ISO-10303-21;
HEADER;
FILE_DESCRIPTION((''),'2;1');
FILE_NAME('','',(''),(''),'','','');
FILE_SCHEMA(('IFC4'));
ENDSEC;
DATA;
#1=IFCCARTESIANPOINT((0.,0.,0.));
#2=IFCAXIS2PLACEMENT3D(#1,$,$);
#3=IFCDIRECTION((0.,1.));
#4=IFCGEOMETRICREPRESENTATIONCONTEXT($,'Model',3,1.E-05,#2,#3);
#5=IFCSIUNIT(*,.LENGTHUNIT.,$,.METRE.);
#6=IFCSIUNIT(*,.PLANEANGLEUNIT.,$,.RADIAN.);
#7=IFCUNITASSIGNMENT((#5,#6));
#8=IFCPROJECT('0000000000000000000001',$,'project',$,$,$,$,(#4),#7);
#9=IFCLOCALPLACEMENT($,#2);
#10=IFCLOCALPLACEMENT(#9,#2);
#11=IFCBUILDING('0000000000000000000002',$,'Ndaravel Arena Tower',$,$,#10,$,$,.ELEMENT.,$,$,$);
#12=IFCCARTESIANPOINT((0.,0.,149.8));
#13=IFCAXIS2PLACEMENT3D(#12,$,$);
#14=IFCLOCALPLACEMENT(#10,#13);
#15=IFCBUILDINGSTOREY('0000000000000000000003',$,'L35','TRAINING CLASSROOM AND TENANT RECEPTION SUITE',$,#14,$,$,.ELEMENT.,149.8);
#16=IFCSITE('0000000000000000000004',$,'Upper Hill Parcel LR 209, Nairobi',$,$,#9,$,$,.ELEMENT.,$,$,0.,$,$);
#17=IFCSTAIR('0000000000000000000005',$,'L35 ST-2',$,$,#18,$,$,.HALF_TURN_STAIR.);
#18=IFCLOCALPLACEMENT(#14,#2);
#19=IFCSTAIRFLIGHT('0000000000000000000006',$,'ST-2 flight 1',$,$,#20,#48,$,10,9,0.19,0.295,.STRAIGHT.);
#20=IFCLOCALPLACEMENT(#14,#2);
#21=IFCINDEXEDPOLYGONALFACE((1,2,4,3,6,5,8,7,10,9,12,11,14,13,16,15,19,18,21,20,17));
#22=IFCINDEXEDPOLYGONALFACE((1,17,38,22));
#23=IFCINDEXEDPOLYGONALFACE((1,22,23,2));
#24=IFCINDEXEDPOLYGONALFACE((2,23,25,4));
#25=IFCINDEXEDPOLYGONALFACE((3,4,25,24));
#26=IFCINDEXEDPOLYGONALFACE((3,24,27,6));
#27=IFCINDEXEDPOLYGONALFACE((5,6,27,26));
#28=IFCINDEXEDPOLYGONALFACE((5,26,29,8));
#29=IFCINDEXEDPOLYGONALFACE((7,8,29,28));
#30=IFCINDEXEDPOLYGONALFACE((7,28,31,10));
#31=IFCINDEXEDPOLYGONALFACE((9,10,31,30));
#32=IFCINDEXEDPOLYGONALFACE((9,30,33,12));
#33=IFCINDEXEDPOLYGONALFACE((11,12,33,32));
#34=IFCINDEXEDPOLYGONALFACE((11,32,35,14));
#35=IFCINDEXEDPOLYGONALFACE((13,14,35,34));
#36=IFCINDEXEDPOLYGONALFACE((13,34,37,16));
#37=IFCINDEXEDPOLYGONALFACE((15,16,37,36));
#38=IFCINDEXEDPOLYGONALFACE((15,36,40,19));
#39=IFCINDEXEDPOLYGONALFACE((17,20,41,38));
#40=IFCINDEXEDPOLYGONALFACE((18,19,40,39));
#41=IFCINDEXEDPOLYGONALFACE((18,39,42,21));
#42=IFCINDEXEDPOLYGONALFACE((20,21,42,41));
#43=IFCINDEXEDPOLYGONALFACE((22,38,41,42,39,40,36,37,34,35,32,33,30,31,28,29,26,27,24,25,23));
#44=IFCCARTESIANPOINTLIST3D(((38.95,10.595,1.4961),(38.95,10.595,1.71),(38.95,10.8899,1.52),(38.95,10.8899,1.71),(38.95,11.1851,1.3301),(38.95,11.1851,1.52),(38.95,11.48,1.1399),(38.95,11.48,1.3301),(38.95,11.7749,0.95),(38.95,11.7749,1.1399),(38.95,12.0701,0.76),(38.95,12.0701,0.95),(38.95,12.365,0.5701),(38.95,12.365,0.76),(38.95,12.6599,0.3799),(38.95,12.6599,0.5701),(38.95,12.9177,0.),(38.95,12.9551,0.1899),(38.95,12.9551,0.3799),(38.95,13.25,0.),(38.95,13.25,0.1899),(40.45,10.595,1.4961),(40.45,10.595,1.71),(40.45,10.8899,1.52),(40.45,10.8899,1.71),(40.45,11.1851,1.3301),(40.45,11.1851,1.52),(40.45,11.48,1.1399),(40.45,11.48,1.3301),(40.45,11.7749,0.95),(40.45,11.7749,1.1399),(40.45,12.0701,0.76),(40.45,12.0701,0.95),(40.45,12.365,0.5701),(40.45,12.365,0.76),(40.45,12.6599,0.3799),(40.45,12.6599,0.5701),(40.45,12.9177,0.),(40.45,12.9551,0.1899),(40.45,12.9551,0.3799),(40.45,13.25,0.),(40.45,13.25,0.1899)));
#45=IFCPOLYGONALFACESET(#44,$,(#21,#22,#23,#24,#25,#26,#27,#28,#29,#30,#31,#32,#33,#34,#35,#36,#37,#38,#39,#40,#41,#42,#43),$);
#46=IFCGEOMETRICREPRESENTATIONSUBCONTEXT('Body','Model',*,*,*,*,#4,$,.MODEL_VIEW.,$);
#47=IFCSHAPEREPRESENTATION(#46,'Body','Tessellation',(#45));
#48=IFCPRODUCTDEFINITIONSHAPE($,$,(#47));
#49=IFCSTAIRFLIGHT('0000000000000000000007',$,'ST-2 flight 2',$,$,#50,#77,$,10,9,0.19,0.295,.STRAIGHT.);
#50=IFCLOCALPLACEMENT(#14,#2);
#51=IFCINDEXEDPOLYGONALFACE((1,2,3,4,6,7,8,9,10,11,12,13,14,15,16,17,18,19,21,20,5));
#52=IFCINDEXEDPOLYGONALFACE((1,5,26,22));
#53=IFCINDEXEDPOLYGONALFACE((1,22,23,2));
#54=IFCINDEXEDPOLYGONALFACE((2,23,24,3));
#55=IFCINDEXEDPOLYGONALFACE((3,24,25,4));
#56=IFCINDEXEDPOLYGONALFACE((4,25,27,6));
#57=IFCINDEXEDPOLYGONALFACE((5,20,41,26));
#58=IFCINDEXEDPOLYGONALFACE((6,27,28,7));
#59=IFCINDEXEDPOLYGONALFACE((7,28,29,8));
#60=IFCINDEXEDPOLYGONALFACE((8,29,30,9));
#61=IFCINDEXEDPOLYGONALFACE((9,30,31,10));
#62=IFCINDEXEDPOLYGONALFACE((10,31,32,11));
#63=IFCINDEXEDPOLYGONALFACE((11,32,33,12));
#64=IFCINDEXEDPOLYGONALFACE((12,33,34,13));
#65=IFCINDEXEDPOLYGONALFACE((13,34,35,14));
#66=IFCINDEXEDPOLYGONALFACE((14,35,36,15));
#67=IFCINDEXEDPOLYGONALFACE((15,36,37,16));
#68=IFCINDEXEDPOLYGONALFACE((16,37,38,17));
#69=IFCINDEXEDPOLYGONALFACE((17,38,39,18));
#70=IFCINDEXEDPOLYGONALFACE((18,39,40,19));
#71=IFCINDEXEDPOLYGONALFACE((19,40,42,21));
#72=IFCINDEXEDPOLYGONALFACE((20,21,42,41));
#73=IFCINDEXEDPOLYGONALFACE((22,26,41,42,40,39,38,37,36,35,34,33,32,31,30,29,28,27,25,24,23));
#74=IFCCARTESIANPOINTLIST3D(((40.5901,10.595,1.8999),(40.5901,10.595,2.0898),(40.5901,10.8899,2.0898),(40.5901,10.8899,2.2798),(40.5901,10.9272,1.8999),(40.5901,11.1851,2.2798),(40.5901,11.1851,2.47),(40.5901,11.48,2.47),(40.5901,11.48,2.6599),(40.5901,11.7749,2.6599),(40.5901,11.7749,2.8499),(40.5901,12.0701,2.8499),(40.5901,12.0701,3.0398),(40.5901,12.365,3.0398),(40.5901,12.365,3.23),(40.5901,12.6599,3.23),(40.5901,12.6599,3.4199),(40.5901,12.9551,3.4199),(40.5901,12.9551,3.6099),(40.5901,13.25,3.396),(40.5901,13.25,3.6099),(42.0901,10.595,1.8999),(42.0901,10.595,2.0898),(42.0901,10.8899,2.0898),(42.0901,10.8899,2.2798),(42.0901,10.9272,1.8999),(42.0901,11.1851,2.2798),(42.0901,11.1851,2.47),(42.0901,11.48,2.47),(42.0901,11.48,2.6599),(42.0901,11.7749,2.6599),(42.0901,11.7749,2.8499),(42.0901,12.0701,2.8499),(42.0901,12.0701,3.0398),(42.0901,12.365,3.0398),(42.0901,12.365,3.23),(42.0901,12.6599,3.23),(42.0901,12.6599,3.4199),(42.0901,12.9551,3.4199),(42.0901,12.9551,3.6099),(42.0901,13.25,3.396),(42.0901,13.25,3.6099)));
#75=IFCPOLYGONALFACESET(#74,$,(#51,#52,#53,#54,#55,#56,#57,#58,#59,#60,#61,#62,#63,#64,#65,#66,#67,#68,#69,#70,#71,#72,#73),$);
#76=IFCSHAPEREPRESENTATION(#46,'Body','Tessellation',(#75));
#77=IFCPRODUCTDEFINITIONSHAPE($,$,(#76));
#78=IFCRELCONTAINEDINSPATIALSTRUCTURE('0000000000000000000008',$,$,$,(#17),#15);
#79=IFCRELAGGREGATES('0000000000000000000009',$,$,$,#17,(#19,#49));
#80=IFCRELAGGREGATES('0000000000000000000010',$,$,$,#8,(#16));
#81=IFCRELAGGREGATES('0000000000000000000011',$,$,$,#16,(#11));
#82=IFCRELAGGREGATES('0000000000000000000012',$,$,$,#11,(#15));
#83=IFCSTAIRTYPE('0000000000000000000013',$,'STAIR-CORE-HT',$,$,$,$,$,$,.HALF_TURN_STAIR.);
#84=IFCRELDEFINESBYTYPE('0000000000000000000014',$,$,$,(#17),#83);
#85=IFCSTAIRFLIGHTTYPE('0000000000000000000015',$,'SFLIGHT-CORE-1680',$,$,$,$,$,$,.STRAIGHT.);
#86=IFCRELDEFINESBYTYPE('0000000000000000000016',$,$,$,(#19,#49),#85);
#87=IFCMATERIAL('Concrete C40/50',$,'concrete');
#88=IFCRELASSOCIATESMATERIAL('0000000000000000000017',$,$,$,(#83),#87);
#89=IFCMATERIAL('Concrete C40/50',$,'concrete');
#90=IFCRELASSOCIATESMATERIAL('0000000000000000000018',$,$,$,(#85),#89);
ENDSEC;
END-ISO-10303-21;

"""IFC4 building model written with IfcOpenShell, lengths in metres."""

from ifc_helpers import new_model, si_unit, direction, frame, origin, place, context, subcontext, project, spatial, polyline, outline, extrude, material, type_object, element, aggregate, save


model = new_model("IFC4")

# Units and contexts
model_context = context("Model", 3, precision=1e-05, world=origin(), true_north=direction((0.0, 1.0)))
body_context = subcontext(model_context, "Body", "Model", "MODEL_VIEW")
ifc_project = project(units=[si_unit("LENGTHUNIT", "METRE"), si_unit("PLANEANGLEUNIT", "RADIAN")], contexts=[model_context])

# Site, building, storey
site_placement = place(None, origin())
site = spatial("IfcSite", under=ifc_project, at=site_placement, Name="Upper Hill Parcel LR 209, Nairobi", CompositionType="ELEMENT", RefElevation=0.0)
building_placement = place(site_placement, origin())
building = spatial("IfcBuilding", under=site, at=building_placement, Name="Ndaravel Arena Tower", CompositionType="ELEMENT")
storey_placement = place(building_placement, frame((0.0, 0.0, 149.8)))
storey = spatial("IfcBuildingStorey", under=building, at=storey_placement, Name="L35", Description="TRAINING CLASSROOM AND TENANT RECEPTION SUITE", CompositionType="ELEMENT", Elevation=149.8)

# Stair, stair flights
ifc_material_1 = material(Name="Concrete C40/50", Category="concrete")
stair_type = type_object("IfcStairType", Name="STAIR-CORE-HT", PredefinedType="HALF_TURN_STAIR", material=ifc_material_1)
stair_placement = place(storey_placement, origin())
stair = element("IfcStair", 1, at=stair_placement, inside=storey, type_object=stair_type, Name="L35 ST-2", PredefinedType="HALF_TURN_STAIR")
ifc_material_2 = material(Name="Concrete C40/50", Category="concrete")
stair_flight_type = type_object("IfcStairFlightType", Name="SFLIGHT-CORE-1680", PredefinedType="STRAIGHT", material=ifc_material_2)
stair_flight_1_placement = place(storey_placement, frame((39.7, 13.25, 0.0), z_axis=(0.0, 0.0, 1.0), x_axis=(0.0, -1.0, 0.0)))
stair_flight_1 = element("IfcStairFlight", 2, at=stair_flight_1_placement, type_object=stair_flight_type, Name="ST-2 flight 1", NumberOfRisers=10, NumberOfTreads=9, PredefinedType="STRAIGHT", RiserHeight=0.19, TreadLength=0.295, context=body_context, shape_type="SweptSolid", body=[
    extrude(outline(polyline([(0.0, 0.0), (0.0, 0.1899), (0.2949, 0.1899), (0.2949, 0.3799), (0.5901, 0.3799), (0.5901, 0.5701), (0.885, 0.5701), (0.885, 0.76), (1.1799, 0.76), (1.1799, 0.95), (1.4751, 0.95), (1.4751, 1.1399), (1.77, 1.1399), (1.77, 1.3301), (2.0649, 1.3301), (2.0649, 1.52), (2.3601, 1.52), (2.3601, 1.71), (2.655, 1.71), (2.655, 1.8999), (2.655, 1.4961), (0.3323, 0.0), (0.0, 0.0)])), frame((0.0, 0.75, 0.0), z_axis=(0.0, -1.0, 0.0), x_axis=(1.0, 0.0, 0.0)), (0.0, 0.0, 1.0), 1.5),
])
stair_flight_2_placement = place(storey_placement, frame((41.3401, 10.595, 1.8999), z_axis=(0.0, 0.0, 1.0), x_axis=(0.0, 1.0, 0.0)))
stair_flight_2 = element("IfcStairFlight", 3, at=stair_flight_2_placement, type_object=stair_flight_type, Name="ST-2 flight 2", NumberOfRisers=10, NumberOfTreads=9, PredefinedType="STRAIGHT", RiserHeight=0.19, TreadLength=0.295, context=body_context, shape_type="SweptSolid", body=[
    extrude(outline(polyline([(0.0, 0.0), (0.0, 0.1899), (0.2949, 0.1899), (0.2949, 0.3799), (0.5901, 0.3799), (0.5901, 0.5701), (0.885, 0.5701), (0.885, 0.76), (1.1799, 0.76), (1.1799, 0.95), (1.4751, 0.95), (1.4751, 1.1399), (1.77, 1.1399), (1.77, 1.3301), (2.0649, 1.3301), (2.0649, 1.52), (2.3601, 1.52), (2.3601, 1.71), (2.655, 1.71), (2.655, 1.8999), (2.655, 1.4961), (0.3323, 0.0), (0.0, 0.0)])), frame((0.0, 0.75, 0.0), z_axis=(0.0, -1.0, 0.0), x_axis=(1.0, 0.0, 0.0)), (0.0, 0.0, 1.0), 1.5),
])
aggregate(stair, [stair_flight_1, stair_flight_2])

save(model, "model.ifc")
